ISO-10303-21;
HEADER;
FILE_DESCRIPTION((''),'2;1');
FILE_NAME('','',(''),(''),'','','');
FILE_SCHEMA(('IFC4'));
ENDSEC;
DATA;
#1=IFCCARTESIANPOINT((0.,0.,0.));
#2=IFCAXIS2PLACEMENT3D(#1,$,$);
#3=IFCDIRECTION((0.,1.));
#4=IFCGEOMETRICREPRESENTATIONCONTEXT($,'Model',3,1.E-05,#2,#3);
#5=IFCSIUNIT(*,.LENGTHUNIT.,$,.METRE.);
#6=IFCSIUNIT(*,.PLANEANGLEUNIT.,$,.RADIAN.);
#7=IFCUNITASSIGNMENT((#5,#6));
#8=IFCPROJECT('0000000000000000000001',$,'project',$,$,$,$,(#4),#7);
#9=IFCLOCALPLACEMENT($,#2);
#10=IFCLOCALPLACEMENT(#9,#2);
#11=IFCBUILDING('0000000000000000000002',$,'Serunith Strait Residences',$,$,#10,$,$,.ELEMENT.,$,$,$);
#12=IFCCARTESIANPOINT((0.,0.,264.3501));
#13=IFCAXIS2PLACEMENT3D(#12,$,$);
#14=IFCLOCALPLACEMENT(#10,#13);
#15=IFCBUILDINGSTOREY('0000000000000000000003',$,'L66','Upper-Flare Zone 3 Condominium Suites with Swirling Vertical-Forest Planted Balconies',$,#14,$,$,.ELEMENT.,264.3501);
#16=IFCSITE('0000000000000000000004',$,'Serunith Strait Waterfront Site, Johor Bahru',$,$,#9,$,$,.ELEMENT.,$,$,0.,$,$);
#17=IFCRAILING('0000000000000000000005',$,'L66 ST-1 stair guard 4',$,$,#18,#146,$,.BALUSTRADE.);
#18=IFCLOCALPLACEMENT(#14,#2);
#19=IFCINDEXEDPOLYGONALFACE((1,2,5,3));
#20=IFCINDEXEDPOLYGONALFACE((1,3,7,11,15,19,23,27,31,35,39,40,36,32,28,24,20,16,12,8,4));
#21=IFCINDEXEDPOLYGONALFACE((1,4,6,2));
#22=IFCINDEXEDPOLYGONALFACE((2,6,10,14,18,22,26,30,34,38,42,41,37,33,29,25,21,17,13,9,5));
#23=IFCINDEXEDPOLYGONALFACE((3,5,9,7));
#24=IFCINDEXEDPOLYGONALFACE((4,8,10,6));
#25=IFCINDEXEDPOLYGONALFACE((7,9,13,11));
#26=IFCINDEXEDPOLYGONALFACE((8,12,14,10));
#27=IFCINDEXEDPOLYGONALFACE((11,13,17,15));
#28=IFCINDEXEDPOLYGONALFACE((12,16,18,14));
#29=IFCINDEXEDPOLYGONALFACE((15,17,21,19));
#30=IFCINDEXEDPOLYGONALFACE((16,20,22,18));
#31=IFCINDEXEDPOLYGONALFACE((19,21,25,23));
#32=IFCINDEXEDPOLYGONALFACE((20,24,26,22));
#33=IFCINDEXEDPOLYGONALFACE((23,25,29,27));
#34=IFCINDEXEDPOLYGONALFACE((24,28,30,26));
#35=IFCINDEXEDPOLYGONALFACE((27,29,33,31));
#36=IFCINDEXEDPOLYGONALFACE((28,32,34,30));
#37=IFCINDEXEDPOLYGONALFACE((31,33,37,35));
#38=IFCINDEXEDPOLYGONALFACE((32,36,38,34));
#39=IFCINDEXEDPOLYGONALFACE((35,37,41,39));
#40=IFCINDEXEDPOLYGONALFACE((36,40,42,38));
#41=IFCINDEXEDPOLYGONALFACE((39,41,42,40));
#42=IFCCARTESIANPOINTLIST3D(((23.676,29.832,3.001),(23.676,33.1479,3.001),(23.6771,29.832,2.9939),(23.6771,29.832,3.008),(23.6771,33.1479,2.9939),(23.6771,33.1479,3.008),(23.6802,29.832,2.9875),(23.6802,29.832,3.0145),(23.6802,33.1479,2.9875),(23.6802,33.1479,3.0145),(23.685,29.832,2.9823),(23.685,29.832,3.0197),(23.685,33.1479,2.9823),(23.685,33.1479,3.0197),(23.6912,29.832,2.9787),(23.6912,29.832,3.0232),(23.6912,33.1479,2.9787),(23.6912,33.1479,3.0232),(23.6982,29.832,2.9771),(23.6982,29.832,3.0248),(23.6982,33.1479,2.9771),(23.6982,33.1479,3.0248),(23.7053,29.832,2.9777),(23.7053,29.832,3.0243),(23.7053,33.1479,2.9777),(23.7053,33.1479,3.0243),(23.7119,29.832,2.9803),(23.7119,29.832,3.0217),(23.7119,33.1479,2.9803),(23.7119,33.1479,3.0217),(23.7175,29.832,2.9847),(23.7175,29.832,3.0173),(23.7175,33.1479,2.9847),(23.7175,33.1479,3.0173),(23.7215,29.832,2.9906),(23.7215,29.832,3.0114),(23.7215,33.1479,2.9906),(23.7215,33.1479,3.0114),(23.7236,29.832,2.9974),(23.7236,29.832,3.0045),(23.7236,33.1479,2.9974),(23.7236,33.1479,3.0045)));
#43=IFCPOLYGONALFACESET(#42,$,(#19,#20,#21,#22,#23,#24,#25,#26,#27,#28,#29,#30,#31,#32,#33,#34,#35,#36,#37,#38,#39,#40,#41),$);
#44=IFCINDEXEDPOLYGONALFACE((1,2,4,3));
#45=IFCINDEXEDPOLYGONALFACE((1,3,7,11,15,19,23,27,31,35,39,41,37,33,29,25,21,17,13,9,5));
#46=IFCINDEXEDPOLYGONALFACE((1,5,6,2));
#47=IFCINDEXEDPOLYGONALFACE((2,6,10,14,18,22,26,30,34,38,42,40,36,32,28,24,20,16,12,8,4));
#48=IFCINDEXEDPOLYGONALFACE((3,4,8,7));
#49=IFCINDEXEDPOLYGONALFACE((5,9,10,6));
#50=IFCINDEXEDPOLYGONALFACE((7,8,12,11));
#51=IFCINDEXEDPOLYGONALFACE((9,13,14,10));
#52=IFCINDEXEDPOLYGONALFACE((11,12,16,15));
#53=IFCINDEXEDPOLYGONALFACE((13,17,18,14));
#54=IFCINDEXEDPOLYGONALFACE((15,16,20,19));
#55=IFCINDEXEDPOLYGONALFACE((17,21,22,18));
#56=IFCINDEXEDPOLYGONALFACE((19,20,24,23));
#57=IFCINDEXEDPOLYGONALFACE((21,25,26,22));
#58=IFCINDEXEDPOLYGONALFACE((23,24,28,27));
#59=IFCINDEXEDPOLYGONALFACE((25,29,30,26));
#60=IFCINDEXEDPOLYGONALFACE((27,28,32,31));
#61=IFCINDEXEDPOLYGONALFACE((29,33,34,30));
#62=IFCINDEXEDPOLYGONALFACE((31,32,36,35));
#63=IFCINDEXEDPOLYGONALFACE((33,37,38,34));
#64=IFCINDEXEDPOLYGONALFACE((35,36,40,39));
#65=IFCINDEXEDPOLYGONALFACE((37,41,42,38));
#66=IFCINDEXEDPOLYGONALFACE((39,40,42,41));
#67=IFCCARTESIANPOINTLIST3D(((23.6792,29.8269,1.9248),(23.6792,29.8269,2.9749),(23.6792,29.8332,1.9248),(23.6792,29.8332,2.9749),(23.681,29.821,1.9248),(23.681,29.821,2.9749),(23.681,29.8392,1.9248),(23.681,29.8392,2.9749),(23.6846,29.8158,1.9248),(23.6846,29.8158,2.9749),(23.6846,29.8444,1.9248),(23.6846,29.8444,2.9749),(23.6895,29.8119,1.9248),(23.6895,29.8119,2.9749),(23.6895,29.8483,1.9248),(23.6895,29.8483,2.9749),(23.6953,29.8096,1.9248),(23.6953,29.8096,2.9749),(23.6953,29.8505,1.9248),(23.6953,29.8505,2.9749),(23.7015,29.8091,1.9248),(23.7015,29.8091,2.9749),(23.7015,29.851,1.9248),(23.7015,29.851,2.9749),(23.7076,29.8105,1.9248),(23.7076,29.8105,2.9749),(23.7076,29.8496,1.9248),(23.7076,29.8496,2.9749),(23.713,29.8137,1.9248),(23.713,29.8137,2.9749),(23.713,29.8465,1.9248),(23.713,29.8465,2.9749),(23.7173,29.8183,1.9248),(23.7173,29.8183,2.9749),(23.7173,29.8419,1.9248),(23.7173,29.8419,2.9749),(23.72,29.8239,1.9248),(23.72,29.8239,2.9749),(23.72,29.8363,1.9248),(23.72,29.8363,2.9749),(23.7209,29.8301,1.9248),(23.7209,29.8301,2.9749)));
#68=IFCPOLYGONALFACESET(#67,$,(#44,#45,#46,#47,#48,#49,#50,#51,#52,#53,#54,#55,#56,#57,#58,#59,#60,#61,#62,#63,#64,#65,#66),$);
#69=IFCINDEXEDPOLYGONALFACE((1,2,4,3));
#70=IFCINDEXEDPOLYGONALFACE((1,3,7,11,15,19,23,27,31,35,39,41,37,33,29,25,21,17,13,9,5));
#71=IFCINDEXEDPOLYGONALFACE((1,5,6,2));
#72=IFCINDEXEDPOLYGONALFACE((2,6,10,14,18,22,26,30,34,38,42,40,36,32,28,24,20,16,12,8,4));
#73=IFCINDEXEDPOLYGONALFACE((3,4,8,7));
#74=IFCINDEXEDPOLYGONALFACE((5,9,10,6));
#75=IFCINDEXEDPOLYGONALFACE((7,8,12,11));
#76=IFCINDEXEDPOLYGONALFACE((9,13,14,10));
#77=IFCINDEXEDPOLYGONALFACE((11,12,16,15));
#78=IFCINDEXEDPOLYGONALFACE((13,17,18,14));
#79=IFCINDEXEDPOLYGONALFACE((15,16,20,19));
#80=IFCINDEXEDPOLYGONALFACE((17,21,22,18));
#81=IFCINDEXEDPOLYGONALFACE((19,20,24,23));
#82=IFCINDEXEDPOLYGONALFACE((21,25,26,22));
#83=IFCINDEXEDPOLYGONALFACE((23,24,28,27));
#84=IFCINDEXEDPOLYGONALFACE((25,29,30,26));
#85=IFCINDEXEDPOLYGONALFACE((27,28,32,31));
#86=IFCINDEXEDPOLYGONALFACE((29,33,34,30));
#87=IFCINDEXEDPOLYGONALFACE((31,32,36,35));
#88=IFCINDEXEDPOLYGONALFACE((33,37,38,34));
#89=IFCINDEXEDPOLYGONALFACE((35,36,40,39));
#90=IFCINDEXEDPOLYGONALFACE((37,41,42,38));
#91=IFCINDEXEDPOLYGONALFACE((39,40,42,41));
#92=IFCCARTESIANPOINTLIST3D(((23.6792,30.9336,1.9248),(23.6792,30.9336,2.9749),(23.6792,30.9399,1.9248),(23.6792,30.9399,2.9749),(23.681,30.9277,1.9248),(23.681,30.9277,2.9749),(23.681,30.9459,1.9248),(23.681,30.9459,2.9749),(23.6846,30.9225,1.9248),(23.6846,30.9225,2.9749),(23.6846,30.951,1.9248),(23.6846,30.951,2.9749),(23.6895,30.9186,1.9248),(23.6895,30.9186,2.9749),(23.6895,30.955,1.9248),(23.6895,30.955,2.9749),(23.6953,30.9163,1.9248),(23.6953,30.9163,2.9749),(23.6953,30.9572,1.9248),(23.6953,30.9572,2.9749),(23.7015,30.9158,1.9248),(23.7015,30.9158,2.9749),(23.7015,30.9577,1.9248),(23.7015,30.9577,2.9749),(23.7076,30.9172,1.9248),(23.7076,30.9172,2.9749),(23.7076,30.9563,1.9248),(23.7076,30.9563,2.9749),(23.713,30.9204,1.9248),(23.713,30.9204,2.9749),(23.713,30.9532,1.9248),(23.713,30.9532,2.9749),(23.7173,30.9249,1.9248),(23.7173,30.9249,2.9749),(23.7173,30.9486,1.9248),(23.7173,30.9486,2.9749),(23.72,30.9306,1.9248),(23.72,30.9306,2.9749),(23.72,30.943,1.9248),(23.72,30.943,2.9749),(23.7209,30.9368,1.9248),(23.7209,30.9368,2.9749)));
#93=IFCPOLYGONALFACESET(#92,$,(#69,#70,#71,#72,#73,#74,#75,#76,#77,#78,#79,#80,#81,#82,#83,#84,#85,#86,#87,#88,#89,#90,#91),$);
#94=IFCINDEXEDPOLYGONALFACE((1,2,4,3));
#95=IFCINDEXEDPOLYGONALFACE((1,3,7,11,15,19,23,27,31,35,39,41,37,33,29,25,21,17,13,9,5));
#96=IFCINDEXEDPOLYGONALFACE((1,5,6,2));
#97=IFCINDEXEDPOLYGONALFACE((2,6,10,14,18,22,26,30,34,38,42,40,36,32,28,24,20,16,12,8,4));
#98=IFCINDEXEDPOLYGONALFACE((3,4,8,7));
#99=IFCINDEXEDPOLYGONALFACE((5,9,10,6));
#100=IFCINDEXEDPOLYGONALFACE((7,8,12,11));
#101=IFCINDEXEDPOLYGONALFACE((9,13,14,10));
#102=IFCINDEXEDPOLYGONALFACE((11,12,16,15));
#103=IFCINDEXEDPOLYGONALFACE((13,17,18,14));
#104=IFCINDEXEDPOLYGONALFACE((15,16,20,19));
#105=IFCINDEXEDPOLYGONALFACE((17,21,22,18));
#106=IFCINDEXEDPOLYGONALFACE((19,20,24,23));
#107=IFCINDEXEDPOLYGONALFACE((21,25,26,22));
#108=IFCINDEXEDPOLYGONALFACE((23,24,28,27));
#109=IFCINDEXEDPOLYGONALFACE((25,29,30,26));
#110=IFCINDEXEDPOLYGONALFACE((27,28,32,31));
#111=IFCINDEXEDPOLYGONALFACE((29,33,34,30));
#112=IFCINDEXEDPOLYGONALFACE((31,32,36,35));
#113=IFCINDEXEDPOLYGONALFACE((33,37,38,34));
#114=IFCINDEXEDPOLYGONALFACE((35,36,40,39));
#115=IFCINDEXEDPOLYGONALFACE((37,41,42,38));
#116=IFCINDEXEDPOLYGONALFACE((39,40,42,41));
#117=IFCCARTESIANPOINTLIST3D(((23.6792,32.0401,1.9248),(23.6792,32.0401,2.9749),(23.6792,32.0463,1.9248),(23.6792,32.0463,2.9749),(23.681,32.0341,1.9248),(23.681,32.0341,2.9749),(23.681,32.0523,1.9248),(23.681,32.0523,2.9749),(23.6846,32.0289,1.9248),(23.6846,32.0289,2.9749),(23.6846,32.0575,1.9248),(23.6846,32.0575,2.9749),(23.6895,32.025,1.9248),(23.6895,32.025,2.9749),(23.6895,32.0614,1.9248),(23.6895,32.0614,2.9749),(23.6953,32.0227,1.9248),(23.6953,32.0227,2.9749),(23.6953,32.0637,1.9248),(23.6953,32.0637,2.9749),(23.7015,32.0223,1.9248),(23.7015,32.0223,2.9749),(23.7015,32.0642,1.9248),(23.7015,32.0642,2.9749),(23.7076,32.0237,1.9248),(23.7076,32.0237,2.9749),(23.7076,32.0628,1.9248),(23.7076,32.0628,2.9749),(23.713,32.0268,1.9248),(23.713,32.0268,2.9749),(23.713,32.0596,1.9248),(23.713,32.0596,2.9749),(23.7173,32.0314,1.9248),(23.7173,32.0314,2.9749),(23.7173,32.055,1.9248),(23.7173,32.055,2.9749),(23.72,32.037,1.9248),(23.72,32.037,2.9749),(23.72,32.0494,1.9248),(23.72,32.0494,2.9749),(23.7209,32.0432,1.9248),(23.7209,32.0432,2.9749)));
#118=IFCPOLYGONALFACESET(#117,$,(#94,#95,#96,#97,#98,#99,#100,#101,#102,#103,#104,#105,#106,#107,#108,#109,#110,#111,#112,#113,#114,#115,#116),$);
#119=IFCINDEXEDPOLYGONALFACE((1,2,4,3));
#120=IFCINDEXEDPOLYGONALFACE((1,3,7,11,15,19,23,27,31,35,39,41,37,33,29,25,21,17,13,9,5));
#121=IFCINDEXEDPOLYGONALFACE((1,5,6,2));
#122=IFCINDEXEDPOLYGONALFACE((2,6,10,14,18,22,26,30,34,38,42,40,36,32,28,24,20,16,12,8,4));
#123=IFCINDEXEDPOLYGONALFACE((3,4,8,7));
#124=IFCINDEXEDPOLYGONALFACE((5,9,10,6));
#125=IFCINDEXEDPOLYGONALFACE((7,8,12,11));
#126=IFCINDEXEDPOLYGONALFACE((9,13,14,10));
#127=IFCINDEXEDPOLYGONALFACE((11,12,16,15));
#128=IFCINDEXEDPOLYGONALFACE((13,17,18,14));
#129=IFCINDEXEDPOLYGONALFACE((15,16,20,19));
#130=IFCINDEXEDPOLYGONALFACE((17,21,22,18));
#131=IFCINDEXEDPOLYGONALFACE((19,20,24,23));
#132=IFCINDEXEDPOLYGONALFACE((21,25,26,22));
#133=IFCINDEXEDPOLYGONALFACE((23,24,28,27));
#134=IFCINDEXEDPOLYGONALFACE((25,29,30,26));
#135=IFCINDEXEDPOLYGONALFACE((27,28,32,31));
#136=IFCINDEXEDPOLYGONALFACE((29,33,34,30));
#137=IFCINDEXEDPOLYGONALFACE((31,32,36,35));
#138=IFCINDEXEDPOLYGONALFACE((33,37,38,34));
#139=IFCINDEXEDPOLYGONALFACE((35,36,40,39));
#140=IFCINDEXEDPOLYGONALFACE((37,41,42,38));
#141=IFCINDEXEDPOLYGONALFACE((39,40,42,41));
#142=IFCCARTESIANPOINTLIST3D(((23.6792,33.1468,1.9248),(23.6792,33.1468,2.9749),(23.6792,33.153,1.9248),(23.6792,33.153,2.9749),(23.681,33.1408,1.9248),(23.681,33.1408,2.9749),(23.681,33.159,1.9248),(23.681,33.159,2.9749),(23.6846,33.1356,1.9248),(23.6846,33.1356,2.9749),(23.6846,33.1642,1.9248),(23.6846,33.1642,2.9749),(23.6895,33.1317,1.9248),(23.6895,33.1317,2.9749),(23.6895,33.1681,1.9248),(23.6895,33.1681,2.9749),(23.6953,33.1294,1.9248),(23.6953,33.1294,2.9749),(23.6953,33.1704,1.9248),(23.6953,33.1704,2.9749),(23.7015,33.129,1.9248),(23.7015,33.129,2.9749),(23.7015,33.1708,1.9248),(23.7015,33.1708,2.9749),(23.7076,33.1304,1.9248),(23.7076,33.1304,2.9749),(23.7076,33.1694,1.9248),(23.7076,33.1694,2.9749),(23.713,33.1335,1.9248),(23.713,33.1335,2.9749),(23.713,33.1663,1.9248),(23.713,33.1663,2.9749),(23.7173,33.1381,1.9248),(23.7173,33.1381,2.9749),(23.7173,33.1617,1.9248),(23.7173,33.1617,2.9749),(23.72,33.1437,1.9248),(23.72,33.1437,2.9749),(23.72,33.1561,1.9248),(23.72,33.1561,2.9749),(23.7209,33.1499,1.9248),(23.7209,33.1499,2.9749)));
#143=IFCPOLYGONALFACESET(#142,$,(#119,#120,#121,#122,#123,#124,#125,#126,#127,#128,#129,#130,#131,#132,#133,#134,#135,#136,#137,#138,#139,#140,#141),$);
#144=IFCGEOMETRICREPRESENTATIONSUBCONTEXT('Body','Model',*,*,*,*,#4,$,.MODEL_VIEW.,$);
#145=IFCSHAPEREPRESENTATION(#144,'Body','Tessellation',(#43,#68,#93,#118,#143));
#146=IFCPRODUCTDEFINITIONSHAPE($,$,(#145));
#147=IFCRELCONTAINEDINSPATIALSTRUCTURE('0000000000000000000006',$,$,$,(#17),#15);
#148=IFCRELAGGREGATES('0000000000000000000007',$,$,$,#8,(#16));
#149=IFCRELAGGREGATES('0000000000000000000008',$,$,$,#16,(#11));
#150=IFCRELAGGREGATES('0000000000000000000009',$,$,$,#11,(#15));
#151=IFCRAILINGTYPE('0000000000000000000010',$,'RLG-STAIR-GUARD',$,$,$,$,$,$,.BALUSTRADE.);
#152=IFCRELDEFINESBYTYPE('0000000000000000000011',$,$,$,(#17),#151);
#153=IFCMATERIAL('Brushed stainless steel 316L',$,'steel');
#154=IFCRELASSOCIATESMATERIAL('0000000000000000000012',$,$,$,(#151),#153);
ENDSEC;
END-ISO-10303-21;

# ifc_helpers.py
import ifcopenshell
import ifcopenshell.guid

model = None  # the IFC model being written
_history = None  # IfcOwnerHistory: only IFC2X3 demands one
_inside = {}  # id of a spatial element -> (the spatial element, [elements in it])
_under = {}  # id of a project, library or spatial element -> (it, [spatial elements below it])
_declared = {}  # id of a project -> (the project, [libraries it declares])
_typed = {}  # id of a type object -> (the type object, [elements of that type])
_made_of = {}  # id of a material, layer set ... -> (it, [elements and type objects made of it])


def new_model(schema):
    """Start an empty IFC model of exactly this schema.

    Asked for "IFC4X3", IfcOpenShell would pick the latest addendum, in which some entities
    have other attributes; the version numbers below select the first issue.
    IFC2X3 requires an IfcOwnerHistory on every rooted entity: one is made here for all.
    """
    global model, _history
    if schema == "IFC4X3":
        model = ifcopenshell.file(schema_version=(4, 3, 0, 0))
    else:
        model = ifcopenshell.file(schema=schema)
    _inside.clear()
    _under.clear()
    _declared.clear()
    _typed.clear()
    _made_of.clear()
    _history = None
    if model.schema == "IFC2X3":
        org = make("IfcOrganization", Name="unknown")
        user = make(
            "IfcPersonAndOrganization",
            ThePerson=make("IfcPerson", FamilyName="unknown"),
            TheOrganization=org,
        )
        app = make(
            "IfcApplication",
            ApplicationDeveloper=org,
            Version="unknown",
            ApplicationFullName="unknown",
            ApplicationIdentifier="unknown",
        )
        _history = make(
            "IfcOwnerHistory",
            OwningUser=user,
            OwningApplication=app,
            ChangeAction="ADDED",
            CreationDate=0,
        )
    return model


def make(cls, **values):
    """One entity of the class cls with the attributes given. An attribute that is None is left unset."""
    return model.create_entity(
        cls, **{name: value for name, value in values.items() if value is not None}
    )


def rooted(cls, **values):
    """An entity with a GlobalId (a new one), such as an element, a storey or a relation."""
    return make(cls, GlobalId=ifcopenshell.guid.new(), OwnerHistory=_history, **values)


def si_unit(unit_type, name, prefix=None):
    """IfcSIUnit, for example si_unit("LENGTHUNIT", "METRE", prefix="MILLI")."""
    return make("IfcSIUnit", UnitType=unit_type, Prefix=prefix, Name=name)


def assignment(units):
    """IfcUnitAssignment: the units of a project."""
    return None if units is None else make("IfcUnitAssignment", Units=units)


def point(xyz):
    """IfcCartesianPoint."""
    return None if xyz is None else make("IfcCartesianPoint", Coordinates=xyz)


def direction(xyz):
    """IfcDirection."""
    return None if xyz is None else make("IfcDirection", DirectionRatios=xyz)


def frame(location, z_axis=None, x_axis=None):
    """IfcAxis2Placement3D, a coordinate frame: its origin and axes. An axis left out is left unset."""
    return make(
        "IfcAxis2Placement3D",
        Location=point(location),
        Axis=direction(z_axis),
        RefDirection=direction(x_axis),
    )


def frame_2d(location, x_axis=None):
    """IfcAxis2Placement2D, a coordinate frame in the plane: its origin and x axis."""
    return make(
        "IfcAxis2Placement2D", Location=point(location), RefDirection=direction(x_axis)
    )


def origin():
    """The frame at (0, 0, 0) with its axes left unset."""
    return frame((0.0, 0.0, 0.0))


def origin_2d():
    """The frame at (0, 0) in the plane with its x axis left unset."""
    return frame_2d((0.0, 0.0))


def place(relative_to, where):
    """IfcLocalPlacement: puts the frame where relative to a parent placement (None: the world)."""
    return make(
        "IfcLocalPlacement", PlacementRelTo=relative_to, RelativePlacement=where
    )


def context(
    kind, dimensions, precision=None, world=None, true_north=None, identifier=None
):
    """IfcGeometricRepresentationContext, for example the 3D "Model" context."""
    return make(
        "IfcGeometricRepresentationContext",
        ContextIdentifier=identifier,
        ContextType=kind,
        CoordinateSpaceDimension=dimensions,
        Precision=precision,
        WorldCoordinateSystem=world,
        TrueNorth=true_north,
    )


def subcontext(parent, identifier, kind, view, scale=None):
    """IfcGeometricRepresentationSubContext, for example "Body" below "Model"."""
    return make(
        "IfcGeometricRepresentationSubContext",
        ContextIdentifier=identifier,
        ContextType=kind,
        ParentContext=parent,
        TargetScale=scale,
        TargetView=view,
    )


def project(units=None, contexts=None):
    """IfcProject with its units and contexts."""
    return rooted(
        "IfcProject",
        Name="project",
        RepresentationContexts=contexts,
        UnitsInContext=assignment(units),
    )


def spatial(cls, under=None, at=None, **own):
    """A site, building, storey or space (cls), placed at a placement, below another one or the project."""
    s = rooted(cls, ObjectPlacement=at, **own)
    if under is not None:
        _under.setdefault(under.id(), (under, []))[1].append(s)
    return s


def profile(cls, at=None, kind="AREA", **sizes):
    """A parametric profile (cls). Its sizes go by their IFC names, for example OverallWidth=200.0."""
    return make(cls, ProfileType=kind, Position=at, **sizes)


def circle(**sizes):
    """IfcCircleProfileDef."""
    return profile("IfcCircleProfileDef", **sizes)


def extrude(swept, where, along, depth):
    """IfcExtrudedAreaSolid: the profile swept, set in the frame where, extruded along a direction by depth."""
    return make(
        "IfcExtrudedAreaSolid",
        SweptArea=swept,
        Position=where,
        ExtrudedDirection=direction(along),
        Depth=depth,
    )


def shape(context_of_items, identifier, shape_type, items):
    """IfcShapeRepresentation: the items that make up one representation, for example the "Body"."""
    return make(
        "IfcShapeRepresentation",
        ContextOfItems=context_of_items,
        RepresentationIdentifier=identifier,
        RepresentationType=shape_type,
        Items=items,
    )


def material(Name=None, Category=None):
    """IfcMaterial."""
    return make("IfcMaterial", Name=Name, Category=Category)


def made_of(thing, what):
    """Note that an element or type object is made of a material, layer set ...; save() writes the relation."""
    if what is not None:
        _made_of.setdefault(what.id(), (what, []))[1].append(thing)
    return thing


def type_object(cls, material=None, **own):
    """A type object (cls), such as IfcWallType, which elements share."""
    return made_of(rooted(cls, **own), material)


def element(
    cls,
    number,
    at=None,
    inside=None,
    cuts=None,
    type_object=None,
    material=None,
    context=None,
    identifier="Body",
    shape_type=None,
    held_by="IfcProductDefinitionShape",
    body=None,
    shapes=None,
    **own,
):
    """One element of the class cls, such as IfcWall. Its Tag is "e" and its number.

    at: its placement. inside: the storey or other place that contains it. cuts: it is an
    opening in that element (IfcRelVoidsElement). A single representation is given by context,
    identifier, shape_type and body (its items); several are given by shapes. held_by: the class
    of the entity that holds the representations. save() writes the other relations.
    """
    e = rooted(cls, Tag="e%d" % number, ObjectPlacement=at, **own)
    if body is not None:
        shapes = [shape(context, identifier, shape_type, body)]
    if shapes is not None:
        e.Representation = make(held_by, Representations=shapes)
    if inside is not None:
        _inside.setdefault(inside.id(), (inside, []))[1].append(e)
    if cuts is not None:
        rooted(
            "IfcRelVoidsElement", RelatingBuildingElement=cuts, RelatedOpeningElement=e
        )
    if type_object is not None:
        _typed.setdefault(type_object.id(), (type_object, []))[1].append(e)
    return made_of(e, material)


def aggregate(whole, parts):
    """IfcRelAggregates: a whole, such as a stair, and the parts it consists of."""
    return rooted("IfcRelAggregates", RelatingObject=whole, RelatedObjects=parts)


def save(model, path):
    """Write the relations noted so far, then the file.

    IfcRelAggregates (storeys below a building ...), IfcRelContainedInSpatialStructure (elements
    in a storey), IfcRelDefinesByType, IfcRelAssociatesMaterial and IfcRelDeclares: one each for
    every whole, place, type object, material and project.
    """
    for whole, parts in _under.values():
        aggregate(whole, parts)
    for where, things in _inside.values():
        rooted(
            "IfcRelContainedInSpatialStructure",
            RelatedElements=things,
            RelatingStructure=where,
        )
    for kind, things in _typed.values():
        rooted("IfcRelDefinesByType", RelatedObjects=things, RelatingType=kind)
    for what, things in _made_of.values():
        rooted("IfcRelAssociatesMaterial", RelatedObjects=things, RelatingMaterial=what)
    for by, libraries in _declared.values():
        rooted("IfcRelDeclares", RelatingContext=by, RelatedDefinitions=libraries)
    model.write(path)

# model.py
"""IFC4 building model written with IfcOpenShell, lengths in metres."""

from ifc_helpers import new_model, si_unit, direction, frame, origin, origin_2d, place, context, subcontext, project, spatial, circle, extrude, material, type_object, element, save


model = new_model("IFC4")

# Units and contexts
model_context = context("Model", 3, precision=1e-05, world=origin(), true_north=direction((0.0, 1.0)))
body_context = subcontext(model_context, "Body", "Model", "MODEL_VIEW")
ifc_project = project(units=[si_unit("LENGTHUNIT", "METRE"), si_unit("PLANEANGLEUNIT", "RADIAN")], contexts=[model_context])

# Site, building, storey
site_placement = place(None, origin())
site = spatial("IfcSite", under=ifc_project, at=site_placement, Name="Serunith Strait Waterfront Site, Johor Bahru", CompositionType="ELEMENT", RefElevation=0.0)
building_placement = place(site_placement, origin())
building = spatial("IfcBuilding", under=site, at=building_placement, Name="Serunith Strait Residences", CompositionType="ELEMENT")
storey_placement = place(building_placement, frame((0.0, 0.0, 264.3501)))
storey = spatial("IfcBuildingStorey", under=building, at=storey_placement, Name="L66", Description="Upper-Flare Zone 3 Condominium Suites with Swirling Vertical-Forest Planted Balconies", CompositionType="ELEMENT", Elevation=264.3501)

# Railing
ifc_material_1 = material(Name="Brushed stainless steel 316L", Category="steel")
railing_type_1 = type_object("IfcRailingType", Name="RLG-STAIR-GUARD", PredefinedType="BALUSTRADE", material=ifc_material_1)
for number, where, name in (
    (1, (23.7, 29.8301, 1.9248), "L66 ST-1 stair guard 4"),
):
    element("IfcRailing", number, at=place(storey_placement, frame(where)), inside=storey, type_object=railing_type_1, Name=name, PredefinedType="BALUSTRADE", context=body_context, shape_type="SweptSolid", body=[
        extrude(circle(Radius=0.0239, at=origin_2d()), frame((0.0, 0.002, 1.0762), z_axis=(0.0, 1.0, 0.0), x_axis=(-1.0, 0.0, 0.0)), (0.0, 0.0, 1.0), 3.3159),
        extrude(circle(Radius=0.021, at=origin_2d()), origin(), (0.0, 0.0, 1.0), 1.05),
        extrude(circle(Radius=0.021, at=origin_2d()), frame((0.0, 1.1067, 0.0)), (0.0, 0.0, 1.0), 1.05),
        extrude(circle(Radius=0.021, at=origin_2d()), frame((0.0, 2.2131, 0.0)), (0.0, 0.0, 1.0), 1.05),
        extrude(circle(Radius=0.021, at=origin_2d()), frame((0.0, 3.3198, 0.0)), (0.0, 0.0, 1.0), 1.05),
    ])

save(model, "model.ifc")
